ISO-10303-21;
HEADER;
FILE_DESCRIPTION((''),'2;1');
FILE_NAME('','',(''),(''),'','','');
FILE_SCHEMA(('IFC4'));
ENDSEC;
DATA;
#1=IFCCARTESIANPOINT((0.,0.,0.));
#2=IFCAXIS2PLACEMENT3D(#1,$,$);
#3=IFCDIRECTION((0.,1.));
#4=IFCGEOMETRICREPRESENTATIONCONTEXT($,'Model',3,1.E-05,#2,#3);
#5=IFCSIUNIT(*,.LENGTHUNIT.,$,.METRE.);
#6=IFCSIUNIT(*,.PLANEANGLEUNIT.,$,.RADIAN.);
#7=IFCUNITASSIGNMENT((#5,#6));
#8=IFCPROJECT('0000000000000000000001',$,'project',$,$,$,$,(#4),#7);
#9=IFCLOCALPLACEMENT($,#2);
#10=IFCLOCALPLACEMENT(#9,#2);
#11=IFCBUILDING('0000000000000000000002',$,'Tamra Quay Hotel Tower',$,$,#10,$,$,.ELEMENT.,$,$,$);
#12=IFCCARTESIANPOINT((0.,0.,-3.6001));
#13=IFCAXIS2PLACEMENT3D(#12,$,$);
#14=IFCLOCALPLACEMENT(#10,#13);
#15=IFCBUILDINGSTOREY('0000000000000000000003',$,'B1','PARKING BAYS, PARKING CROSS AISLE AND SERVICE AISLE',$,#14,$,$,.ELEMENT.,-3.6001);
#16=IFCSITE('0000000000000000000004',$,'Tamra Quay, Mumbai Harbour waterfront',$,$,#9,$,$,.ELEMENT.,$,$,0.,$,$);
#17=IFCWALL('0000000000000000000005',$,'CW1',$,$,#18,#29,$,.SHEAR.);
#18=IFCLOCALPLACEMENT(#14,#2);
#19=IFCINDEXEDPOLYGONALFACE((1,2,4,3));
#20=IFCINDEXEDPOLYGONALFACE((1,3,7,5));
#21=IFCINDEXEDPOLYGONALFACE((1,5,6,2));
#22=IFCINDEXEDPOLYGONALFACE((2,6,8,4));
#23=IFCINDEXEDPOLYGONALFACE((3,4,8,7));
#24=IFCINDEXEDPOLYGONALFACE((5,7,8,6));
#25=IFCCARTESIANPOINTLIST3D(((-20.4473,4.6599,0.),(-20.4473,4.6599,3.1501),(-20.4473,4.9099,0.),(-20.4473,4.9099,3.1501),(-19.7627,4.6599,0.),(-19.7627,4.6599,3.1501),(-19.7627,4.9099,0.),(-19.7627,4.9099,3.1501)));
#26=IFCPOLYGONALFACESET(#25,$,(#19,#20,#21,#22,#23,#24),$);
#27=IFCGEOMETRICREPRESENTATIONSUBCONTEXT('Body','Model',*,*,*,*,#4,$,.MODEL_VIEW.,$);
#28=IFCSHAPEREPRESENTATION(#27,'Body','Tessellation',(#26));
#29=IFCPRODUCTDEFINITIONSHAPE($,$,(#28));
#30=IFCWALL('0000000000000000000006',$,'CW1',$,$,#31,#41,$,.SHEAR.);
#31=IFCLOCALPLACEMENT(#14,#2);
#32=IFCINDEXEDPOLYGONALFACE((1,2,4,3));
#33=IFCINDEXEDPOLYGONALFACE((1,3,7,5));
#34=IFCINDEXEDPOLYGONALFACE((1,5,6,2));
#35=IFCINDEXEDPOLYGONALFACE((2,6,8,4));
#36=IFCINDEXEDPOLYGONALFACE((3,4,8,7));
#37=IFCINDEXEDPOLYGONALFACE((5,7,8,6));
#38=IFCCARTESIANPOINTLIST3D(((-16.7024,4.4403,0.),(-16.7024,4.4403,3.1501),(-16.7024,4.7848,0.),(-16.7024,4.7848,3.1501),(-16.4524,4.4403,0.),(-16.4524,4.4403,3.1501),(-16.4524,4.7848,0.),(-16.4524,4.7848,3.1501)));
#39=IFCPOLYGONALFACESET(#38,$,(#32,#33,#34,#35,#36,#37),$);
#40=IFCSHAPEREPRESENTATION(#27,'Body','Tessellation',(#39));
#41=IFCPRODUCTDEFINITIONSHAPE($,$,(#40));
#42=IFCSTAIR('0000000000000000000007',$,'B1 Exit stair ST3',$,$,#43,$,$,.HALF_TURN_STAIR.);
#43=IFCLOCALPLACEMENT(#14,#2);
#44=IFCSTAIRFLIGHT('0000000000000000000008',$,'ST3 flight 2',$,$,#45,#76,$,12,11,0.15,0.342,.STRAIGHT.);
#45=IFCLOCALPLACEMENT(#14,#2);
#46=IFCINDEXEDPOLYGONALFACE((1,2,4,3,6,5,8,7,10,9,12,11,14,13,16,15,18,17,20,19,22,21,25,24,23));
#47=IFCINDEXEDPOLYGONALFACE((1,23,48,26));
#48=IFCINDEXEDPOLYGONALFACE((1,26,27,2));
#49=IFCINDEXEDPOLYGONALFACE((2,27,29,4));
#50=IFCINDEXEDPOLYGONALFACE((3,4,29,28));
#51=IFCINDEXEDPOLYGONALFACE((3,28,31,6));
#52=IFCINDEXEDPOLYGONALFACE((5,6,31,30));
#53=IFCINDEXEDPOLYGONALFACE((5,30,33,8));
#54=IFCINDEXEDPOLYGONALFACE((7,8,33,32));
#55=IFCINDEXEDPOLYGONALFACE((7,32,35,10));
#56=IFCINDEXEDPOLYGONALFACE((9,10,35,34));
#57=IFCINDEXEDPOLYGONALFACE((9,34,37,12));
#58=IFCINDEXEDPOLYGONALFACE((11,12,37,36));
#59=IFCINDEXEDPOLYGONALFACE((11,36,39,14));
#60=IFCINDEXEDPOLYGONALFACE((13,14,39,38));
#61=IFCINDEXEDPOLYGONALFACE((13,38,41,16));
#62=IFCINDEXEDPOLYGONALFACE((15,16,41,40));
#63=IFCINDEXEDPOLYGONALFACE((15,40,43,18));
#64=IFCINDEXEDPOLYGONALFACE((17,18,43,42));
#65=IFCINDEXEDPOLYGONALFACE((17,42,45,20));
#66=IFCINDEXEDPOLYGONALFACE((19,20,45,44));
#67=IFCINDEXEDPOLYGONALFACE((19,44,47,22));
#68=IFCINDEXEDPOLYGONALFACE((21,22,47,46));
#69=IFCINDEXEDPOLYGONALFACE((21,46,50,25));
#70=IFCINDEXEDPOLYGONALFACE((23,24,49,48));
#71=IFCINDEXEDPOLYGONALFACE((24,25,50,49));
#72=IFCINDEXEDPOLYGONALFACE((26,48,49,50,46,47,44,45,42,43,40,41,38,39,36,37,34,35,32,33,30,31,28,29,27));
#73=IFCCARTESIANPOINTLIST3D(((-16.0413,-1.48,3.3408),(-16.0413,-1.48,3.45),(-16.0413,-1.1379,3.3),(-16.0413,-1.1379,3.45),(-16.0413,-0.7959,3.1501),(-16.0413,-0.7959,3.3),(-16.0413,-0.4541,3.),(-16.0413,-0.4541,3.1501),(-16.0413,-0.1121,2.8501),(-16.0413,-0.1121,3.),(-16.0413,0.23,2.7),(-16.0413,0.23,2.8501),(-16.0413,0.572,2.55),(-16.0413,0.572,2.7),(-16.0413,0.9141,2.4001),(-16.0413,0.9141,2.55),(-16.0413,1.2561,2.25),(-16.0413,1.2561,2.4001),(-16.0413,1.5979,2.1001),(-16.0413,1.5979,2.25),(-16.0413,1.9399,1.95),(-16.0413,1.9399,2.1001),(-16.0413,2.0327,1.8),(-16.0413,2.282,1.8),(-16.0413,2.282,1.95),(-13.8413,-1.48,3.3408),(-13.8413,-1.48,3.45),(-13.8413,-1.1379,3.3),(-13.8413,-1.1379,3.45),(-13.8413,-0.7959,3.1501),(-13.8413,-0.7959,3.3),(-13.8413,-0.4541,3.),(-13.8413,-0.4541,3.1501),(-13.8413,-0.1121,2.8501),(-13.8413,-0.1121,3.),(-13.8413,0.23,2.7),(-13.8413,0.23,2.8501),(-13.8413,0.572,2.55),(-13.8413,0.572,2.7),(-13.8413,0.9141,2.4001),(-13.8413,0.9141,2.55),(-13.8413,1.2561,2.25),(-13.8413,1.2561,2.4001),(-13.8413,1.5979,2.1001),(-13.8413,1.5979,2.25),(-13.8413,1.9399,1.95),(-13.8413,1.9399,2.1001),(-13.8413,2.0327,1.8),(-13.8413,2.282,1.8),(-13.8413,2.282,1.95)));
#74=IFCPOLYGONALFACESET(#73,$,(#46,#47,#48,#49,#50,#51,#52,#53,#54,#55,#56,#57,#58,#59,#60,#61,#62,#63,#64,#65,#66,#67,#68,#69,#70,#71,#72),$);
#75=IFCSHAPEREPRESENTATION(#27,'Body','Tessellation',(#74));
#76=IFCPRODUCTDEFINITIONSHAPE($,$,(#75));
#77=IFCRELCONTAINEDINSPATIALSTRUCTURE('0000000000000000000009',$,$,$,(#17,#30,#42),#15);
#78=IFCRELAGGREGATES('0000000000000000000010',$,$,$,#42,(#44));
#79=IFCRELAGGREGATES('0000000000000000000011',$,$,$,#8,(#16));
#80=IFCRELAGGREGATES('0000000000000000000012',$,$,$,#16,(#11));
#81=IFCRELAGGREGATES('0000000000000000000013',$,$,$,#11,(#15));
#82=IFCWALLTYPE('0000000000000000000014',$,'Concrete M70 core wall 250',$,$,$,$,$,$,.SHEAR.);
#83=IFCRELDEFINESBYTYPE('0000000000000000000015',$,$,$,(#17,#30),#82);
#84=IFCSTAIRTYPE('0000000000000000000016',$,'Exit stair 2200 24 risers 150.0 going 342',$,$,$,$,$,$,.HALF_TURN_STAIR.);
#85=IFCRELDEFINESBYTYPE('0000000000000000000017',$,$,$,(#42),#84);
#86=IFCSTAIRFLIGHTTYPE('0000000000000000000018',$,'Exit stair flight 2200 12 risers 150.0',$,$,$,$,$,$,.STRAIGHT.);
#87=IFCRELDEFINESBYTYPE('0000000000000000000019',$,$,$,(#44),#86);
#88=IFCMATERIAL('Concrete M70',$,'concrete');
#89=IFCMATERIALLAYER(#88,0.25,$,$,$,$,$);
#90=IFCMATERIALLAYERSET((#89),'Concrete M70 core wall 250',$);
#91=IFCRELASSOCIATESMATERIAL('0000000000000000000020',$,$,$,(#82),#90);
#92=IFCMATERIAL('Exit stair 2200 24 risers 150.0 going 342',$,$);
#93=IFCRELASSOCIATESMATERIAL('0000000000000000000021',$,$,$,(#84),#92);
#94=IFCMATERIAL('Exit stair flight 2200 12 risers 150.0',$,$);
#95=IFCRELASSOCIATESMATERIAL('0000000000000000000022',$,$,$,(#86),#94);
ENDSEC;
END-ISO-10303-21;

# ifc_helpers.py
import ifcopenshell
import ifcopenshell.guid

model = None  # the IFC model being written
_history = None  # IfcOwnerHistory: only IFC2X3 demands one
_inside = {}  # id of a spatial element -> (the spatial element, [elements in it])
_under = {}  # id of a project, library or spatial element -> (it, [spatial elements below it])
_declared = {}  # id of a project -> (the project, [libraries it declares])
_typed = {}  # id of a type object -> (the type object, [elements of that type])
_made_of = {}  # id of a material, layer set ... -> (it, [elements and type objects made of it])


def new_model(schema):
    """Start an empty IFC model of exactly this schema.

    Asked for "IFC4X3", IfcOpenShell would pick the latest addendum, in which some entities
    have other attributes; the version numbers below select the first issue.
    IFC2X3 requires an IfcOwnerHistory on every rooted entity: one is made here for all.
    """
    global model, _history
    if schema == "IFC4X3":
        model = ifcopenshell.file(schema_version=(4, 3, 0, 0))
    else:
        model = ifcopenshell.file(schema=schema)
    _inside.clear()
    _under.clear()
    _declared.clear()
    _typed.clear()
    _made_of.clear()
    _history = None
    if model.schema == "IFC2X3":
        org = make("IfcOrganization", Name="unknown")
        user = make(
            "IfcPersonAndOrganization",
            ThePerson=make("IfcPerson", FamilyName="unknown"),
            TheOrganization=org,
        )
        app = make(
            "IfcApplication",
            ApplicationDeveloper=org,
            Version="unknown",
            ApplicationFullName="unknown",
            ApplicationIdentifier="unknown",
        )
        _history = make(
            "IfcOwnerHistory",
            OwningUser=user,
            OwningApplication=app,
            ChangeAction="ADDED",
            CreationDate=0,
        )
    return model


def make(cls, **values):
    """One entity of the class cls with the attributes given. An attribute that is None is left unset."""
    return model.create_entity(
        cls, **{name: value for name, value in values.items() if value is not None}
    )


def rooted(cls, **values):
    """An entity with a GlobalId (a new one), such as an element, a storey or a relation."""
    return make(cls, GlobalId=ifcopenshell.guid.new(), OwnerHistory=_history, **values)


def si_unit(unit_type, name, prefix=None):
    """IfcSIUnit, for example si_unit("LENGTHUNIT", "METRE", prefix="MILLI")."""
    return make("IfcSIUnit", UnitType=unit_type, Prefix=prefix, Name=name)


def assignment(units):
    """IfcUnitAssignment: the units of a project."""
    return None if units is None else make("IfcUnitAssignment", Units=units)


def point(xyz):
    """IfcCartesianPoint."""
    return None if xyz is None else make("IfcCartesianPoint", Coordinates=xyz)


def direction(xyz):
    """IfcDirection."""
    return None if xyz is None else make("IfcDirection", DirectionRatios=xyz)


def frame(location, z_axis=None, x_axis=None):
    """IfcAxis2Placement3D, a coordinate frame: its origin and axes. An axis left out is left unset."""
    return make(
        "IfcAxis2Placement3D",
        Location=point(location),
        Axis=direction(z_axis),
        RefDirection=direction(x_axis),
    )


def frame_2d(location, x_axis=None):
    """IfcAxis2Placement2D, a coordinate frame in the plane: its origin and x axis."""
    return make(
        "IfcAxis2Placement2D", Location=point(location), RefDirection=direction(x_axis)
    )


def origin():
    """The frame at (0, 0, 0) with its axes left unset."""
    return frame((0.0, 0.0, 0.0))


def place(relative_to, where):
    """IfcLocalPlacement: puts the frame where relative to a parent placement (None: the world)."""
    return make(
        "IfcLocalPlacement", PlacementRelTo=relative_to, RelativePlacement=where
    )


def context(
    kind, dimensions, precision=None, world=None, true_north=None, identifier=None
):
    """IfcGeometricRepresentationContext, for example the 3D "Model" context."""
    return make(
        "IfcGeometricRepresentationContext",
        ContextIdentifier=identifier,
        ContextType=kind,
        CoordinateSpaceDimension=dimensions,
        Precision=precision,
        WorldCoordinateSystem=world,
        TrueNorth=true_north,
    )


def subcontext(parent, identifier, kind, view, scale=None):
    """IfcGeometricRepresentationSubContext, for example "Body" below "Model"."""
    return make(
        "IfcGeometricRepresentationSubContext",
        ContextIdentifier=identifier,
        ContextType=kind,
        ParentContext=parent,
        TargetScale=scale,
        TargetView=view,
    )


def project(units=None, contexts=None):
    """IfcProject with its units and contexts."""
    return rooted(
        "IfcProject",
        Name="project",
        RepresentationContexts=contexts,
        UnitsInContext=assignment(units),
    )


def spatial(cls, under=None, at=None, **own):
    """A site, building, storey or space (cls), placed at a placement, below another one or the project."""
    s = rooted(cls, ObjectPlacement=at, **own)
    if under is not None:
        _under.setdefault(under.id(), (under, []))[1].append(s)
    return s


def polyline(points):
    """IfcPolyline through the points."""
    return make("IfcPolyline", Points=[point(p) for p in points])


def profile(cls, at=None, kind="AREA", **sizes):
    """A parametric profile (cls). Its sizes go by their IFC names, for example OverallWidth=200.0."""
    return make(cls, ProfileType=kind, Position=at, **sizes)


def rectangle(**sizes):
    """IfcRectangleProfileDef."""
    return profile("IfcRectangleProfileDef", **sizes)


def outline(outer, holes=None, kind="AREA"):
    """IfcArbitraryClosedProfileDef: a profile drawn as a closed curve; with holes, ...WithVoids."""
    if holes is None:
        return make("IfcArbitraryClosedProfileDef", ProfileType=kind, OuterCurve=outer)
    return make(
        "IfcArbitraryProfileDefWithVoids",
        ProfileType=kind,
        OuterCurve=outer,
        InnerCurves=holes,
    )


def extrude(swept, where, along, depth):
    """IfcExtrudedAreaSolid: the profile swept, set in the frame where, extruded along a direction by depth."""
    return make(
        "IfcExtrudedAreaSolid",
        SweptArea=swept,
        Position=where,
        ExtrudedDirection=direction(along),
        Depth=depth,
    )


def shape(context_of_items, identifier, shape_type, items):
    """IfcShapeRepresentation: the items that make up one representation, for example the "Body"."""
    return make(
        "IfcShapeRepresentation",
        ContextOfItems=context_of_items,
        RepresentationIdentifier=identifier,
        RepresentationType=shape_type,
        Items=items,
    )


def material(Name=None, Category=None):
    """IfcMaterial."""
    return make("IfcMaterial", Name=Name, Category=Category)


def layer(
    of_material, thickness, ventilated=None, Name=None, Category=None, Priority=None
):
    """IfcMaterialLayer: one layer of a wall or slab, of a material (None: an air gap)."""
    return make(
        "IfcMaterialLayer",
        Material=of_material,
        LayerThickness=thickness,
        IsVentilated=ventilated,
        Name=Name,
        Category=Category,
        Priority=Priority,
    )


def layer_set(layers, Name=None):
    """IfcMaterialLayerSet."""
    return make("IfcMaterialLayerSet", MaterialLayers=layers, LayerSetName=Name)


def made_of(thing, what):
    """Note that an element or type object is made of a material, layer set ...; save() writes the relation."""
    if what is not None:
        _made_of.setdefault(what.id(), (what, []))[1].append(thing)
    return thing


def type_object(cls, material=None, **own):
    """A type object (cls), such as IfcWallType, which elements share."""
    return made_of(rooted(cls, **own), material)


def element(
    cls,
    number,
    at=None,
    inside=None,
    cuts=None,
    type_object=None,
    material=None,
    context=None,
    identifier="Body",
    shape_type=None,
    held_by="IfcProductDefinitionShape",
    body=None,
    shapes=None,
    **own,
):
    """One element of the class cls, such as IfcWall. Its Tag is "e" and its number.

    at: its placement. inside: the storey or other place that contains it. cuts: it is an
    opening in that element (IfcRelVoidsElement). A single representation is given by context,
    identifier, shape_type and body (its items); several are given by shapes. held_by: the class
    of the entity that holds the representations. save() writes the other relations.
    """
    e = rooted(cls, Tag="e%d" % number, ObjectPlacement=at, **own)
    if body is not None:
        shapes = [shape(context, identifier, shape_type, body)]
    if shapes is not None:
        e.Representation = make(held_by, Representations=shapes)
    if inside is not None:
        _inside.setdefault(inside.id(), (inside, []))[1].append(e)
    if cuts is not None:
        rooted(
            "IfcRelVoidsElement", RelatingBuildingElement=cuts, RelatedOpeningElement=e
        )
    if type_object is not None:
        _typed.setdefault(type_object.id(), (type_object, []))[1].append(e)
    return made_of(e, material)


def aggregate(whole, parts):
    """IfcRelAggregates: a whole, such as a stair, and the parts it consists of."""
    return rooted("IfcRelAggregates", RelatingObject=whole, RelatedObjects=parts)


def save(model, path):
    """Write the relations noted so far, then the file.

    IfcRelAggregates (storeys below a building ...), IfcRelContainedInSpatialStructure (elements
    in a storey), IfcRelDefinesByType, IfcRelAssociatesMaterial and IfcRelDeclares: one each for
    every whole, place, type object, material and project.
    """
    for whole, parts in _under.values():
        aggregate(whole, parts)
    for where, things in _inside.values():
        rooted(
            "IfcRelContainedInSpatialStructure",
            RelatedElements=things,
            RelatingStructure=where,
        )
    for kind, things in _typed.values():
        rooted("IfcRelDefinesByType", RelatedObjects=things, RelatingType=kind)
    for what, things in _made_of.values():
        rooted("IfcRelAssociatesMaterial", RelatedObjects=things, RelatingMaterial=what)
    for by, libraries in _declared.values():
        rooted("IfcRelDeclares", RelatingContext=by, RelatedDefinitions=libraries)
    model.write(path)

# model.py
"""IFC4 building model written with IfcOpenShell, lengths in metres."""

from ifc_helpers import new_model, si_unit, direction, frame, frame_2d, origin, place, context, subcontext, project, spatial, polyline, rectangle, outline, extrude, material, layer, layer_set, type_object, element, aggregate, save


model = new_model("IFC4")

# Units and contexts
model_context = context("Model", 3, precision=1e-05, world=origin(), true_north=direction((0.0, 1.0)))
body_context = subcontext(model_context, "Body", "Model", "MODEL_VIEW")
ifc_project = project(units=[si_unit("LENGTHUNIT", "METRE"), si_unit("PLANEANGLEUNIT", "RADIAN")], contexts=[model_context])

# Site, building, storey
site_placement = place(None, origin())
site = spatial("IfcSite", under=ifc_project, at=site_placement, Name="Tamra Quay, Mumbai Harbour waterfront", CompositionType="ELEMENT", RefElevation=0.0)
building_placement = place(site_placement, origin())
building = spatial("IfcBuilding", under=site, at=building_placement, Name="Tamra Quay Hotel Tower", CompositionType="ELEMENT")
storey_placement = place(building_placement, frame((0.0, 0.0, -3.6001)))
storey = spatial("IfcBuildingStorey", under=building, at=storey_placement, Name="B1", Description="PARKING BAYS, PARKING CROSS AISLE AND SERVICE AISLE", CompositionType="ELEMENT", Elevation=-3.6001)

# Shared definitions
ifc_material_1 = material(Name="Concrete M70", Category="concrete")

# Shared definitions
ifc_layer_1 = layer(ifc_material_1, 0.25)
ifc_layer_set_1 = layer_set([ifc_layer_1], Name="Concrete M70 core wall 250")
wall_type_1 = type_object("IfcWallType", Name="Concrete M70 core wall 250", PredefinedType="SHEAR", material=ifc_layer_set_1)

# Walls
wall_1_placement = place(storey_placement, frame((-20.4473, 4.7849, 0.0), z_axis=(0.0, 0.0, 1.0), x_axis=(1.0, 0.0, 0.0)))
element("IfcWall", 1, at=wall_1_placement, inside=storey, type_object=wall_type_1, Name="CW1", PredefinedType="SHEAR", context=body_context, shape_type="SweptSolid", body=[
    extrude(rectangle(XDim=0.6846, YDim=0.25, at=frame_2d((0.3423, 0.0))), origin(), (0.0, 0.0, 1.0), 3.1501),
])
wall_2_placement = place(storey_placement, frame((-16.5774, 4.7849, 0.0), z_axis=(0.0, 0.0, 1.0), x_axis=(0.0, -1.0, 0.0)))
element("IfcWall", 2, at=wall_2_placement, inside=storey, type_object=wall_type_1, Name="CW1", PredefinedType="SHEAR", context=body_context, shape_type="SweptSolid", body=[
    extrude(rectangle(XDim=0.3445, YDim=0.25, at=frame_2d((0.1724, 0.0))), origin(), (0.0, 0.0, 1.0), 3.1501),
])

# Stair, stair flight
ifc_material_2 = material(Name="Exit stair 2200 24 risers 150.0 going 342")
stair_type = type_object("IfcStairType", Name="Exit stair 2200 24 risers 150.0 going 342", PredefinedType="HALF_TURN_STAIR", material=ifc_material_2)
stair_placement = place(storey_placement, origin())
stair = element("IfcStair", 3, at=stair_placement, inside=storey, type_object=stair_type, Name="B1 Exit stair ST3", PredefinedType="HALF_TURN_STAIR")
ifc_material_3 = material(Name="Exit stair flight 2200 12 risers 150.0")
stair_flight_type = type_object("IfcStairFlightType", Name="Exit stair flight 2200 12 risers 150.0", PredefinedType="STRAIGHT", material=ifc_material_3)
stair_flight_placement = place(storey_placement, frame((-14.9414, 2.282, 1.8), z_axis=(0.0, 0.0, 1.0), x_axis=(0.0, -1.0, 0.0)))
stair_flight = element("IfcStairFlight", 4, at=stair_flight_placement, type_object=stair_flight_type, Name="ST3 flight 2", NumberOfRisers=12, NumberOfTreads=11, PredefinedType="STRAIGHT", RiserHeight=0.15, TreadLength=0.342, context=body_context, shape_type="SweptSolid", body=[
    extrude(outline(polyline([(0.0, 0.0), (0.0, 0.1499), (0.342, 0.1499), (0.342, 0.3), (0.6841, 0.3), (0.6841, 0.45), (1.0259, 0.45), (1.0259, 0.6001), (1.3679, 0.6001), (1.3679, 0.75), (1.71, 0.75), (1.71, 0.8999), (2.052, 0.8999), (2.052, 1.05), (2.394, 1.05), (2.394, 1.2), (2.7361, 1.2), (2.7361, 1.3501), (3.0779, 1.3501), (3.0779, 1.5), (3.4199, 1.5), (3.4199, 1.6499), (3.762, 1.6499), (3.762, 1.8), (3.762, 1.5408), (0.2493, 0.0), (0.0, 0.0)])), frame((0.0, 1.1001, 0.0), z_axis=(0.0, -1.0, 0.0), x_axis=(1.0, 0.0, 0.0)), (0.0, 0.0, 1.0), 2.2),
])
aggregate(stair, [stair_flight])

save(model, "model.ifc")
